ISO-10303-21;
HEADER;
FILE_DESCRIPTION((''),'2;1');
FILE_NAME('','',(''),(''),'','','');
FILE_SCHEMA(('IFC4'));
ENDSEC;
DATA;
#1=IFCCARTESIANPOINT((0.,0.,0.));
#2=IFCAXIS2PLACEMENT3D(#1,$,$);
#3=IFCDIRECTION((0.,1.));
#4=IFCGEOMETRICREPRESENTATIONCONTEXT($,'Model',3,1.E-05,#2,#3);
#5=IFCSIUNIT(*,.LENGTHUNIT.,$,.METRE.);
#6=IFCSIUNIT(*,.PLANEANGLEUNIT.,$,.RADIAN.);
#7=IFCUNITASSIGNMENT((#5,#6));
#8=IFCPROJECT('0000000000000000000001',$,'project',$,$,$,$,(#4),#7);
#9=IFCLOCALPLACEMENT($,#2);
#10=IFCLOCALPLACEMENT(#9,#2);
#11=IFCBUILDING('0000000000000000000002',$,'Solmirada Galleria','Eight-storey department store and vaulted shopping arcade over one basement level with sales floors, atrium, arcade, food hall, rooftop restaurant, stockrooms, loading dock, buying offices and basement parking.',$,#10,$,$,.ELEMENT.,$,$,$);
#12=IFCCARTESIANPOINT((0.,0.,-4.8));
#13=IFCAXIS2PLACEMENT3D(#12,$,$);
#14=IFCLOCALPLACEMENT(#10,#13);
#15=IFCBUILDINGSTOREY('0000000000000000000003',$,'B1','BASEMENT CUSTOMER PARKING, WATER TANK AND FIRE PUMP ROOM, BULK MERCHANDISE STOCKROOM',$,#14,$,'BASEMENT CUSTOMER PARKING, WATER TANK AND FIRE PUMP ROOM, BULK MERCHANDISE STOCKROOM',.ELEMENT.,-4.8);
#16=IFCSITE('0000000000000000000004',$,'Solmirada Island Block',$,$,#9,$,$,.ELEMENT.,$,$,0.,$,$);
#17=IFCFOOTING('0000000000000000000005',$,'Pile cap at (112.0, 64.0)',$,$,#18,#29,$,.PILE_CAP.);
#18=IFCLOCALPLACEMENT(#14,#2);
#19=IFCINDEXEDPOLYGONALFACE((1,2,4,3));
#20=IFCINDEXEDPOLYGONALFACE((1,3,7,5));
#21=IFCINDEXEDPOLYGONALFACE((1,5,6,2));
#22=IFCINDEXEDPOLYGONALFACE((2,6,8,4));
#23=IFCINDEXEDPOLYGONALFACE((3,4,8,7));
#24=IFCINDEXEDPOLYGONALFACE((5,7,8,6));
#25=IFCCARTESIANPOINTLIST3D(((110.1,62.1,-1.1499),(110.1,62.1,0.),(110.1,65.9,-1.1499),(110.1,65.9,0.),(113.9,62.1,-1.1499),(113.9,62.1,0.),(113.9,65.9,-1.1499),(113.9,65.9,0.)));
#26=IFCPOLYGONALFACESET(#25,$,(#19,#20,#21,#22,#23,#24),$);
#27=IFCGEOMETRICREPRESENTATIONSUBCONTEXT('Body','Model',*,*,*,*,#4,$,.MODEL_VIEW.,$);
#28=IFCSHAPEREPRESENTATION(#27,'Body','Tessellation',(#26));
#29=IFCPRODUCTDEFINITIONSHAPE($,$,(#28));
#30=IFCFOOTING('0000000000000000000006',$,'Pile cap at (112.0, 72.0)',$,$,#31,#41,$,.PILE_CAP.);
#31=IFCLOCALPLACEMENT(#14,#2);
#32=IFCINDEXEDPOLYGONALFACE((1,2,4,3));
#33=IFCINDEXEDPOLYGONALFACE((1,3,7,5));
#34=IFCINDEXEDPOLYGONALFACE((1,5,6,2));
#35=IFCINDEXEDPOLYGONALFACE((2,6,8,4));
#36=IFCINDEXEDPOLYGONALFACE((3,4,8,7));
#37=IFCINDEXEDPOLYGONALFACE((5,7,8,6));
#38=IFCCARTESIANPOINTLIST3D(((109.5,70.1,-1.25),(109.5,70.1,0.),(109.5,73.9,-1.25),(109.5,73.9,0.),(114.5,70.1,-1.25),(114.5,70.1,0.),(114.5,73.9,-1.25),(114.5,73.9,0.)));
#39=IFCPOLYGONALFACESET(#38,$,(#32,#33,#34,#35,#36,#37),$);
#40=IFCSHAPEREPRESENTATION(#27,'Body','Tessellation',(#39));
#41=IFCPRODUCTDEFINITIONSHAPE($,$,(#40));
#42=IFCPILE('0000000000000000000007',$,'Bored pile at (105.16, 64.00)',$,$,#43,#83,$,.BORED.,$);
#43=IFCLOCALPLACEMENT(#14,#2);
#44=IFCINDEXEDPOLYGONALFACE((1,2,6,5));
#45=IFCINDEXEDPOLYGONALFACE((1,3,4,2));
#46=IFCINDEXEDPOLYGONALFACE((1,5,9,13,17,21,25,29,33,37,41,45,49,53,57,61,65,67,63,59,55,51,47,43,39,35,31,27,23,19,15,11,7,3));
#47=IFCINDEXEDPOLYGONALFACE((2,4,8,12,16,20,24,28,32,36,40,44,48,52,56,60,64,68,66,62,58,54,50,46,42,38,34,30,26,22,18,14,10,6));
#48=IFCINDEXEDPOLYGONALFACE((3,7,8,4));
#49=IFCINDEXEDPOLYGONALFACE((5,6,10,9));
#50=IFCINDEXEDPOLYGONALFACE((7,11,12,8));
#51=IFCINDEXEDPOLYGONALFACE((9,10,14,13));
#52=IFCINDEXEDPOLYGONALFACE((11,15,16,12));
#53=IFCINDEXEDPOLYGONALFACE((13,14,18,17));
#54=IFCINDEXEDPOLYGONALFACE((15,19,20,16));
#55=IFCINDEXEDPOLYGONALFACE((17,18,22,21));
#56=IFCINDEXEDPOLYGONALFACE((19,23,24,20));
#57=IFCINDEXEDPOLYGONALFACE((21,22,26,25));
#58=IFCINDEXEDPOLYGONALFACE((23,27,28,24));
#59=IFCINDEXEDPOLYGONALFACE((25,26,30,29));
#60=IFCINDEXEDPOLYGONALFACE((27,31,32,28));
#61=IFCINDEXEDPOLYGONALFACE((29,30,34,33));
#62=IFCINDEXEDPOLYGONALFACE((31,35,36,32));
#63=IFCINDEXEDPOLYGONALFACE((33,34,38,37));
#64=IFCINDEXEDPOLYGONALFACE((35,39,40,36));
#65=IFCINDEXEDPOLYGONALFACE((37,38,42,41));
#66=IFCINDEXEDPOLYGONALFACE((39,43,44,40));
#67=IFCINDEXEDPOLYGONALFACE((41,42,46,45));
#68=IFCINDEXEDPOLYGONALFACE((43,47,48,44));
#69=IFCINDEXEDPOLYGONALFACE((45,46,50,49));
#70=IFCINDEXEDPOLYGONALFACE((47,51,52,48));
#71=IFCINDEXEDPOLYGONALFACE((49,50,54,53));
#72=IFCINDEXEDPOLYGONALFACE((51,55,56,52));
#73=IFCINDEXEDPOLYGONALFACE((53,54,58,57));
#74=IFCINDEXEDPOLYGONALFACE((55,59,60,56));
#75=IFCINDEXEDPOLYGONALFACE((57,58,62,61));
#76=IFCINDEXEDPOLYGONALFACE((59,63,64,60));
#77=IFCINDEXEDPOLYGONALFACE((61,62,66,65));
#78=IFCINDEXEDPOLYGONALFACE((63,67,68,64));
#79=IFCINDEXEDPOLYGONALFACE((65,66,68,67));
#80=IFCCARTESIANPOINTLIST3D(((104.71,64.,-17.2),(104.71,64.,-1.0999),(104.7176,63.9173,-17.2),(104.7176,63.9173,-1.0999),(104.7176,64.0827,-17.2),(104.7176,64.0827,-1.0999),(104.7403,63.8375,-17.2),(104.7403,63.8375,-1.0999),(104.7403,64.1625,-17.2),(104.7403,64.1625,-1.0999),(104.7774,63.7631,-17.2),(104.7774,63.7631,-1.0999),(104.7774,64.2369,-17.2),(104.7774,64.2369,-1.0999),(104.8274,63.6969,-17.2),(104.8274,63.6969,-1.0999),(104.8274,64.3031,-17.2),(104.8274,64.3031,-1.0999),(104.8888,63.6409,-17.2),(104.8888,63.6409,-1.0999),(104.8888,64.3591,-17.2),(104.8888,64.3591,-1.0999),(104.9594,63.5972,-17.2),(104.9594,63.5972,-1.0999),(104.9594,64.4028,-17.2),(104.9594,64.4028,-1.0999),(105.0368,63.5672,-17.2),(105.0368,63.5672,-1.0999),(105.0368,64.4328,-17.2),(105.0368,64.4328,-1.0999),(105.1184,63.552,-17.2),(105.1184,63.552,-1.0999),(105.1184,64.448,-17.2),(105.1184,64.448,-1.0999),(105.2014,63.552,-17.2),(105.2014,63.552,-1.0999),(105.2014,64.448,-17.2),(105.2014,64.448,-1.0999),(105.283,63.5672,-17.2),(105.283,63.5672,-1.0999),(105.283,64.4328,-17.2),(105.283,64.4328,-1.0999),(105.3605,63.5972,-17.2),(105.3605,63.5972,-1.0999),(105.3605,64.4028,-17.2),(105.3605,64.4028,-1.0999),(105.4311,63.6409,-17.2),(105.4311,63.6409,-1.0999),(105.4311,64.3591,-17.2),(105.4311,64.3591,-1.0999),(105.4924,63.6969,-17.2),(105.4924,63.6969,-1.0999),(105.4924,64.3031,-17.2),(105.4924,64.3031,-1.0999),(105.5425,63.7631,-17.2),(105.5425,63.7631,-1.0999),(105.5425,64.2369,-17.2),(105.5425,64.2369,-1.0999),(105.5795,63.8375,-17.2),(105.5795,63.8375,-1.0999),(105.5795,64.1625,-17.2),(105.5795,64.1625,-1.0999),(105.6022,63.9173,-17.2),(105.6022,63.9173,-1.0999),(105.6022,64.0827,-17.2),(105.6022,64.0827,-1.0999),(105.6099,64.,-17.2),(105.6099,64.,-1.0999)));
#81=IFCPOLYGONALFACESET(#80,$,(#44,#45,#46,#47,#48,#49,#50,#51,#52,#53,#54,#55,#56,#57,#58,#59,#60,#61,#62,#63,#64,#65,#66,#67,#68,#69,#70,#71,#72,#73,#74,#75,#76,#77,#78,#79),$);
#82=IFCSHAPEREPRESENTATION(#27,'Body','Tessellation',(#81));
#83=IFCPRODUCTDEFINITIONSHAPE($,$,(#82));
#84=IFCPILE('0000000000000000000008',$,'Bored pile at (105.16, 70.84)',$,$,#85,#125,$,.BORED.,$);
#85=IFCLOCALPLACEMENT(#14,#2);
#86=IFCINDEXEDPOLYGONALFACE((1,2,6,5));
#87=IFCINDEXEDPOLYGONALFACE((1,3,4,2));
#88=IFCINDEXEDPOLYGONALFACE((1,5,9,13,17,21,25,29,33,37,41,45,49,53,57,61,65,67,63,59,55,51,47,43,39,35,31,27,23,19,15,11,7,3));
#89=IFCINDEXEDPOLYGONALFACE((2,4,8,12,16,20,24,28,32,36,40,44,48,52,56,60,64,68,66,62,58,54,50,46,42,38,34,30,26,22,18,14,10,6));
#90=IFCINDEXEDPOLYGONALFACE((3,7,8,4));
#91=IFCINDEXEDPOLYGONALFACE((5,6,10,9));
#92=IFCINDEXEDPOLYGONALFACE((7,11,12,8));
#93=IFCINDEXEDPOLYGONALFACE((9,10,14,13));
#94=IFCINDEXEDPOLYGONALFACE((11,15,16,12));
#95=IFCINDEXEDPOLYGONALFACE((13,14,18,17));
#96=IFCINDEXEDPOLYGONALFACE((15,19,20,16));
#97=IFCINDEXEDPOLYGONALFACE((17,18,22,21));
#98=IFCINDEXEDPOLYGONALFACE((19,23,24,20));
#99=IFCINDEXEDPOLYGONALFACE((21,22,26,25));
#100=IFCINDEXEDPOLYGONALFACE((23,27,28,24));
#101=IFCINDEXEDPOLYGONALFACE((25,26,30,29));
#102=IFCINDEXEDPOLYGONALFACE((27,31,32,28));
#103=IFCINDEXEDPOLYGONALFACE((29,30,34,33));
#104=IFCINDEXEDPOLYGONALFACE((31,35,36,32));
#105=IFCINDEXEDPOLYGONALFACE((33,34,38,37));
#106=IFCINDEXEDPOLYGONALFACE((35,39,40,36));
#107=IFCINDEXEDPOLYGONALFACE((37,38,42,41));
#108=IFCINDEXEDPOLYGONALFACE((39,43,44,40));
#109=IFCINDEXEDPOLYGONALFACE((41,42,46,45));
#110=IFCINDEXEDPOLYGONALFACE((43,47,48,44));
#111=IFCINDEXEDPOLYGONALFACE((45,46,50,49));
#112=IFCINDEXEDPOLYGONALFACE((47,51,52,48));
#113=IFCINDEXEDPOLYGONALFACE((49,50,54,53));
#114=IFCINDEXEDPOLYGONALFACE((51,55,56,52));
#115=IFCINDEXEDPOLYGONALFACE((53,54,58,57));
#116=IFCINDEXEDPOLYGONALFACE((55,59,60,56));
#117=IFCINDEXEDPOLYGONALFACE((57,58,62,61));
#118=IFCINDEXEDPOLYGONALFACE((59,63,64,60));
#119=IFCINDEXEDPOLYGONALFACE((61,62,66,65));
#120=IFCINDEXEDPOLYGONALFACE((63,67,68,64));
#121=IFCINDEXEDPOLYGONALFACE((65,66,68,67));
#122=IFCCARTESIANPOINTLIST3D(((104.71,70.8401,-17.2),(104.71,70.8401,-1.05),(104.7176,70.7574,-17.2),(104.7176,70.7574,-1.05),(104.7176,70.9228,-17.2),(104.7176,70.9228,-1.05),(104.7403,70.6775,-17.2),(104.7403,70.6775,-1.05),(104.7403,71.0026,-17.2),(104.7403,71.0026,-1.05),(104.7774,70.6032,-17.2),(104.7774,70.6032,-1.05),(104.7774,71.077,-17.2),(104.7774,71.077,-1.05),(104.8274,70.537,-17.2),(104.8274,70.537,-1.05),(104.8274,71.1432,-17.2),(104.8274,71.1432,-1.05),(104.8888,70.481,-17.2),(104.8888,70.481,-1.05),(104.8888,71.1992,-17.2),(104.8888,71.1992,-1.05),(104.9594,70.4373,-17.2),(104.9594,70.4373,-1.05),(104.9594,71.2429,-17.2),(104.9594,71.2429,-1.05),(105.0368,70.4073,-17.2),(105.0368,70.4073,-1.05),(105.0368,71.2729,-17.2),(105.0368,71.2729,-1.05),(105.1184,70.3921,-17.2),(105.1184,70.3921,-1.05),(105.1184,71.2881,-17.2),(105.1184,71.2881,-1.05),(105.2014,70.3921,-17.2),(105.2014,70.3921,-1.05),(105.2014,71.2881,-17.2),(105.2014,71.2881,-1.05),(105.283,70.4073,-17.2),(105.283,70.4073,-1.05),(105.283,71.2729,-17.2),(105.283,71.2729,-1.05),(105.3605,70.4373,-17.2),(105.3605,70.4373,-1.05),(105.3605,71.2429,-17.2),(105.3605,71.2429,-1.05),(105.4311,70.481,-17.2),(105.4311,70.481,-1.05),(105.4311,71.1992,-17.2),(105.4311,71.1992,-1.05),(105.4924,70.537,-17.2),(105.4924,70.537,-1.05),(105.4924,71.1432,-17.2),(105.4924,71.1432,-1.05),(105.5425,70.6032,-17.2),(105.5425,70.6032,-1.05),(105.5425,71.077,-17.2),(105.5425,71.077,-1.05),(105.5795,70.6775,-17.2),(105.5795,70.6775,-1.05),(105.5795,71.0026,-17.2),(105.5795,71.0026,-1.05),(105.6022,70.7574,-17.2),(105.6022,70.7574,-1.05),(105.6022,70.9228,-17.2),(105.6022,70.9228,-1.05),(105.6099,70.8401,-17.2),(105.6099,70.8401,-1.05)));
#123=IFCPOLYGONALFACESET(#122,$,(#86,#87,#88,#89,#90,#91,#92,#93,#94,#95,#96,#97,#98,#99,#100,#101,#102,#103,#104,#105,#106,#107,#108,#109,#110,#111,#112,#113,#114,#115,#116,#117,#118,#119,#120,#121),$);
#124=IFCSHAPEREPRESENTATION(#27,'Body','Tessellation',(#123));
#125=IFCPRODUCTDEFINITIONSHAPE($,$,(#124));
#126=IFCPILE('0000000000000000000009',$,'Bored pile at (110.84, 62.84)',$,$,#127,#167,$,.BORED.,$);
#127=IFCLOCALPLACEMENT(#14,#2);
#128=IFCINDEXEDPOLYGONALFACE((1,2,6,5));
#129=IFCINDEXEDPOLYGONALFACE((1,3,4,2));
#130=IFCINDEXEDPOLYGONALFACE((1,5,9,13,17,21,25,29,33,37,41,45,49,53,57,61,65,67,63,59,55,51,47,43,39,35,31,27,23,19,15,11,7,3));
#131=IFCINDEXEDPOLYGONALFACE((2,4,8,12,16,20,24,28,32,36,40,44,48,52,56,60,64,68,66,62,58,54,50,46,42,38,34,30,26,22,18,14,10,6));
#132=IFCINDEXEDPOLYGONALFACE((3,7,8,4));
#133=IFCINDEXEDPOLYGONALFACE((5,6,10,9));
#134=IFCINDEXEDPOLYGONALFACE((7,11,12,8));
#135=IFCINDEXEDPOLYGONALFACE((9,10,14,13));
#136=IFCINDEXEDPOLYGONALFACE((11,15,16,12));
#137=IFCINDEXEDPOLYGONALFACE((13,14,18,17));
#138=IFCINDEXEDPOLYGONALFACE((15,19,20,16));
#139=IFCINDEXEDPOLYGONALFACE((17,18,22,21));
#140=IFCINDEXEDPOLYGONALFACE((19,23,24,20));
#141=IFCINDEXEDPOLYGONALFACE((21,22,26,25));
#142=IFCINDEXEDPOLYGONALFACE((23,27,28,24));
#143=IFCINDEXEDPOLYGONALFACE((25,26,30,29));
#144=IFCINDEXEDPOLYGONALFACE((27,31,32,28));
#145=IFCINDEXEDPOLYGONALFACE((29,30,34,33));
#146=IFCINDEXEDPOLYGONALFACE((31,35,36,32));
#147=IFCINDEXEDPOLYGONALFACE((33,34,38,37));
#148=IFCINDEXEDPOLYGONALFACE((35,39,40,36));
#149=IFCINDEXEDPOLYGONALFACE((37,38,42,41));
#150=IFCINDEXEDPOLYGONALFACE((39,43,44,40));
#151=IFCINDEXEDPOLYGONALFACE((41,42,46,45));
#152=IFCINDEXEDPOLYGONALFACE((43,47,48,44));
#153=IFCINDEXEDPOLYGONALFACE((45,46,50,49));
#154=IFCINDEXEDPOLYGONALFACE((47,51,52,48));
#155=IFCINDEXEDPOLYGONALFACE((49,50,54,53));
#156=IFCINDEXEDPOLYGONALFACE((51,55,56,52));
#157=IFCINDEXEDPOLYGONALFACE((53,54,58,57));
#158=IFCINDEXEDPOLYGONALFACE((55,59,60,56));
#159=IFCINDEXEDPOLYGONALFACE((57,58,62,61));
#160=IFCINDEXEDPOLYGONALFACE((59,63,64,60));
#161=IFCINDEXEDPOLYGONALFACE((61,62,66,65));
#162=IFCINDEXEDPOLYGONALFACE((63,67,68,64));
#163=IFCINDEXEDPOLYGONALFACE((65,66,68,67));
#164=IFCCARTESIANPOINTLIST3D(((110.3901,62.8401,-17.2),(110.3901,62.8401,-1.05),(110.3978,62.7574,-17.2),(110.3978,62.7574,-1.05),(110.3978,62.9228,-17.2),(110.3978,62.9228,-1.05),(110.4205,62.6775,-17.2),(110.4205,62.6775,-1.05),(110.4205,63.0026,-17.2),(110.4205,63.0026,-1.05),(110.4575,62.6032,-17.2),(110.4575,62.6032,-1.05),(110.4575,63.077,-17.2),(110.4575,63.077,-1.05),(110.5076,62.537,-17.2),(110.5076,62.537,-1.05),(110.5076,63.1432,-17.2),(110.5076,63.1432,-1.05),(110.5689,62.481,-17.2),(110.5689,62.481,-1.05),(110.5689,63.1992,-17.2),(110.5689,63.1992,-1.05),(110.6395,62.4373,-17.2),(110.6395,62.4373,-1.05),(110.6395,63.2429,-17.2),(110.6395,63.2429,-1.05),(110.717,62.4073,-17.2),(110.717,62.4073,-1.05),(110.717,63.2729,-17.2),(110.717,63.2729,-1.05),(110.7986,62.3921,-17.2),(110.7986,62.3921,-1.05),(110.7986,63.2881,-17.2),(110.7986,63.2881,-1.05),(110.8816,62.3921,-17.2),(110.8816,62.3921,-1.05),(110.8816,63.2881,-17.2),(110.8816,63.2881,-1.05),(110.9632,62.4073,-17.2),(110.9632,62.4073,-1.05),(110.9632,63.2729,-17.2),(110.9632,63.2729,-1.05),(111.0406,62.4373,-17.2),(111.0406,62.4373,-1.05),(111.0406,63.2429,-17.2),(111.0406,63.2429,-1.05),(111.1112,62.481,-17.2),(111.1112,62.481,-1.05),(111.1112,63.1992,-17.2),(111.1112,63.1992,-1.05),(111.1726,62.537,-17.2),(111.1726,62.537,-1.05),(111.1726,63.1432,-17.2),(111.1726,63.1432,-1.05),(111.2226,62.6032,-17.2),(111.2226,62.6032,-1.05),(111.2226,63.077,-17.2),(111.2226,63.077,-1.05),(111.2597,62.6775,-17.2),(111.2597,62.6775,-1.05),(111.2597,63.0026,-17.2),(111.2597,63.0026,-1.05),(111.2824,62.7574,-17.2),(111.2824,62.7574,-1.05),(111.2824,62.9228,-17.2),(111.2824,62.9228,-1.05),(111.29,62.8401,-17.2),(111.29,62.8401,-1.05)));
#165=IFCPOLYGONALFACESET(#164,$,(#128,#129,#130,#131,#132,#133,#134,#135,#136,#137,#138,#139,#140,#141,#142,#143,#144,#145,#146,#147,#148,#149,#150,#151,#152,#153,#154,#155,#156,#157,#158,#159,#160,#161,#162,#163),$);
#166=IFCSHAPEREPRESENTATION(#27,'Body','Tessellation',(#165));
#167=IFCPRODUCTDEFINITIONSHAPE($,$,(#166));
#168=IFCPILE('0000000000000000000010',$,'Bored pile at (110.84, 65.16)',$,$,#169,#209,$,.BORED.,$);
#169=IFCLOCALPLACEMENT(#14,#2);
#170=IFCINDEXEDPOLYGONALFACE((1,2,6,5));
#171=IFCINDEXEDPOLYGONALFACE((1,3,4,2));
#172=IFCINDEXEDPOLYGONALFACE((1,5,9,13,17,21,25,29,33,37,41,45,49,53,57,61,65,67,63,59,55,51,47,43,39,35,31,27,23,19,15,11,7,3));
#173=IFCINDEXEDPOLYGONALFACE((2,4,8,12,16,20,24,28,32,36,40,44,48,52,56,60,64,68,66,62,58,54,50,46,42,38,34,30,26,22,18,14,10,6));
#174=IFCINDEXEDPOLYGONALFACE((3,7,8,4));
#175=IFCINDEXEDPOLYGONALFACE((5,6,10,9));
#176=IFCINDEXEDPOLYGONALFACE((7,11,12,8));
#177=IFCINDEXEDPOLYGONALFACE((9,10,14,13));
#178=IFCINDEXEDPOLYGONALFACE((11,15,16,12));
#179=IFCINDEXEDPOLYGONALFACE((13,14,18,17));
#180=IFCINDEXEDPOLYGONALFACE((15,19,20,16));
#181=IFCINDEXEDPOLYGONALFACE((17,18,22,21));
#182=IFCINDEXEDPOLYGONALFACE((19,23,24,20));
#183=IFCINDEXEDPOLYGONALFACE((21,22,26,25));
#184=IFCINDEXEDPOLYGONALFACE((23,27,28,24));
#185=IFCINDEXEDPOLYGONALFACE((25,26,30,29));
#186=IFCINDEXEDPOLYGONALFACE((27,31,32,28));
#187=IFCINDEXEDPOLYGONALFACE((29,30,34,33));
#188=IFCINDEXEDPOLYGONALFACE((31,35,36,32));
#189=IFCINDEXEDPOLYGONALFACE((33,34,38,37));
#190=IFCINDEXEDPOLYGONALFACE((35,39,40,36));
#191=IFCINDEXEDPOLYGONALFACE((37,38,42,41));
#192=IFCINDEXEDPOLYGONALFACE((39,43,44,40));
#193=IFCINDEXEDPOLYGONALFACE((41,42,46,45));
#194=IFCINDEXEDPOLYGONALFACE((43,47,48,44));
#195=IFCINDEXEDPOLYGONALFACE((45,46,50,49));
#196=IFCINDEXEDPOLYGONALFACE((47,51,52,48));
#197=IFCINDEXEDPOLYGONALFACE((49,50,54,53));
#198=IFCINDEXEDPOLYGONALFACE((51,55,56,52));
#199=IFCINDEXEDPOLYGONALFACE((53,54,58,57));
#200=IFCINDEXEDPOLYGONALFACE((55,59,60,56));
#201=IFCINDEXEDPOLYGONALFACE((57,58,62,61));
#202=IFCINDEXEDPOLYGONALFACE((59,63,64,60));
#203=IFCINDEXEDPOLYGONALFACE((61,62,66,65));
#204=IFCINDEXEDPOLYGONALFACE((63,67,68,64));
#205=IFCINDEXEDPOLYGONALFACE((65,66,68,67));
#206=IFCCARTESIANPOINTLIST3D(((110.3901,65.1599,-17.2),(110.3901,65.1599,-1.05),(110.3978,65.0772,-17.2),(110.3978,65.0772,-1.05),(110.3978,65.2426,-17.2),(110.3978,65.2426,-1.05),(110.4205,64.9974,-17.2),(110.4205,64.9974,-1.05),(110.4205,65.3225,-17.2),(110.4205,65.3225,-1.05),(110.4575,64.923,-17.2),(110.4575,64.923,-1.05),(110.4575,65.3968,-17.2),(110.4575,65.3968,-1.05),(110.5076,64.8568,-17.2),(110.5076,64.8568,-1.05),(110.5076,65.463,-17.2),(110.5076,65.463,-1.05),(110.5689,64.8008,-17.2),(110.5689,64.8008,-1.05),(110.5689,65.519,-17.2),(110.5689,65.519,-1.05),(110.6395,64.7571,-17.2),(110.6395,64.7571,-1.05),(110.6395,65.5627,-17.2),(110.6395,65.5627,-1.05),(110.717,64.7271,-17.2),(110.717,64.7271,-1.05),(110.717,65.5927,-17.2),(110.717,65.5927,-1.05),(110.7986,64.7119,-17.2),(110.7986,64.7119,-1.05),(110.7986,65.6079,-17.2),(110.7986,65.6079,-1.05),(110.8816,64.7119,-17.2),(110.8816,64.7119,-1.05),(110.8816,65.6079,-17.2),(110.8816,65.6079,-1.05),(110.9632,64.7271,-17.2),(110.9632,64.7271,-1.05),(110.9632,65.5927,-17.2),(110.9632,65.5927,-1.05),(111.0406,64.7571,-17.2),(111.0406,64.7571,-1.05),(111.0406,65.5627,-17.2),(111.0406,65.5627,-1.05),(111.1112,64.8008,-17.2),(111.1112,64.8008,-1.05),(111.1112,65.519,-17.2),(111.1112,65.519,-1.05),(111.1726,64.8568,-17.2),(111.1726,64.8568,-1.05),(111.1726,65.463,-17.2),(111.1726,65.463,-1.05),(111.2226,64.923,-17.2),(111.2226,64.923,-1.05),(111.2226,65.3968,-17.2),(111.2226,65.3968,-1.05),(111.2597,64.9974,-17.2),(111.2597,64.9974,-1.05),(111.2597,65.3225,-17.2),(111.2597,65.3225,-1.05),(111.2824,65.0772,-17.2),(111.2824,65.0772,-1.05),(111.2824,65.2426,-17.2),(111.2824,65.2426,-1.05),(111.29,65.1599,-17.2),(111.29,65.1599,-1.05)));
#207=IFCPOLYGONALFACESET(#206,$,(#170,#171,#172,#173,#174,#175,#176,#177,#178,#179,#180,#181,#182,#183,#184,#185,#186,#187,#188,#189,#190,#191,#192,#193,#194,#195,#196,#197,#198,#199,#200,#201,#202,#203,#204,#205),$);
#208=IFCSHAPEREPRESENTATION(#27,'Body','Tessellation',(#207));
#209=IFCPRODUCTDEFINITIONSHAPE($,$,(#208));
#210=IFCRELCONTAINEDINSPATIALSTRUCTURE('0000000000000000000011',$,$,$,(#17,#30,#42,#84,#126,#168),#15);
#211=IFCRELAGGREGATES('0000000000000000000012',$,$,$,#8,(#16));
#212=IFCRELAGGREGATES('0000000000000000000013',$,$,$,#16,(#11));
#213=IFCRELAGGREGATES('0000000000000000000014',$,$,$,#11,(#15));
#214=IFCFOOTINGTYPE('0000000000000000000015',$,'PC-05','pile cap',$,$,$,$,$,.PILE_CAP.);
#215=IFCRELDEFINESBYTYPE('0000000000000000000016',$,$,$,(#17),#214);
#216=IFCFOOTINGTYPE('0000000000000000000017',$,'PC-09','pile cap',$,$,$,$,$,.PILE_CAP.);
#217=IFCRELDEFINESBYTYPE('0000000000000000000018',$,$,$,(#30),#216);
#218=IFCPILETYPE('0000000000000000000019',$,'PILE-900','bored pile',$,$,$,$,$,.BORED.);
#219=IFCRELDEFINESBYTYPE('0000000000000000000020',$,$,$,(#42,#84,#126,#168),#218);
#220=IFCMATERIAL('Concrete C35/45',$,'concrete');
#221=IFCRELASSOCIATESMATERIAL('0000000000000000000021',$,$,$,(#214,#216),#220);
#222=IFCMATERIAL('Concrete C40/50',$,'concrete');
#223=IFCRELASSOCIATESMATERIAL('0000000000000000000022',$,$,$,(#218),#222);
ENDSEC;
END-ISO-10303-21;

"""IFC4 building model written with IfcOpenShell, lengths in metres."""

from ifc_helpers import new_model, si_unit, direction, frame, origin, origin_2d, place, context, subcontext, project, spatial, rectangle, circle, extrude, material, material_profile, profile_set, type_object, element, save


model = new_model("IFC4")

# Units and contexts
model_context = context("Model", 3, precision=1e-05, world=origin(), true_north=direction((0.0, 1.0)))
body_context = subcontext(model_context, "Body", "Model", "MODEL_VIEW")
ifc_project = project(units=[si_unit("LENGTHUNIT", "METRE"), si_unit("PLANEANGLEUNIT", "RADIAN")], contexts=[model_context])

# Site, building, storey
site_placement = place(None, origin())
site = spatial("IfcSite", under=ifc_project, at=site_placement, Name="Solmirada Island Block", CompositionType="ELEMENT", RefElevation=0.0)
building_placement = place(site_placement, origin())
building = spatial("IfcBuilding", under=site, at=building_placement, Name="Solmirada Galleria", Description="Eight-storey department store and vaulted shopping arcade over one basement level with sales floors, atrium, arcade, food hall, rooftop restaurant, stockrooms, loading dock, buying offices and basement parking.", CompositionType="ELEMENT")
storey_placement = place(building_placement, frame((0.0, 0.0, -4.8)))
storey = spatial("IfcBuildingStorey", under=building, at=storey_placement, Name="B1", Description="BASEMENT CUSTOMER PARKING, WATER TANK AND FIRE PUMP ROOM, BULK MERCHANDISE STOCKROOM", LongName="BASEMENT CUSTOMER PARKING, WATER TANK AND FIRE PUMP ROOM, BULK MERCHANDISE STOCKROOM", CompositionType="ELEMENT", Elevation=-4.8)

# Footings
ifc_material_1 = material(Name="Concrete C35/45", Category="concrete")
footing_type_1 = type_object("IfcFootingType", Name="PC-05", Description="pile cap", PredefinedType="PILE_CAP", material=ifc_material_1)
footing_1_placement = place(storey_placement, frame((112.0, 64.0, -1.1499), z_axis=(0.0, 0.0, 1.0), x_axis=(1.0, 0.0, 0.0)))
element("IfcFooting", 1, at=footing_1_placement, inside=storey, type_object=footing_type_1, Name="Pile cap at (112.0, 64.0)", PredefinedType="PILE_CAP", context=body_context, shape_type="SweptSolid", body=[
    extrude(rectangle(XDim=3.8, YDim=3.8, at=origin_2d()), origin(), (0.0, 0.0, 1.0), 1.1499),
])
footing_type_2 = type_object("IfcFootingType", Name="PC-09", Description="pile cap", PredefinedType="PILE_CAP", material=ifc_material_1)
footing_2_placement = place(storey_placement, frame((112.0, 72.0, -1.25), z_axis=(0.0, 0.0, 1.0), x_axis=(1.0, 0.0, 0.0)))
element("IfcFooting", 2, at=footing_2_placement, inside=storey, type_object=footing_type_2, Name="Pile cap at (112.0, 72.0)", PredefinedType="PILE_CAP", context=body_context, shape_type="SweptSolid", body=[
    extrude(rectangle(XDim=5.0, YDim=3.8, at=origin_2d()), origin(), (0.0, 0.0, 1.0), 1.25),
])

# Piles
ifc_material_2 = material(Name="Concrete C40/50", Category="concrete")
ifc_material_profile_1 = material_profile(ifc_material_2, circle(Radius=0.45, at=origin_2d()), Name="PILE900")
ifc_profile_set_1 = profile_set([ifc_material_profile_1], Name="Concrete C40/50")
pile_type = type_object("IfcPileType", Name="PILE-900", Description="bored pile", PredefinedType="BORED", material=ifc_profile_set_1)
pile_1_placement = place(storey_placement, frame((105.1599, 64.0, -1.0999), z_axis=(0.0, 0.0, -1.0), x_axis=(1.0, 0.0, 0.0)))
element("IfcPile", 3, at=pile_1_placement, inside=storey, type_object=pile_type, Name="Bored pile at (105.16, 64.00)", PredefinedType="BORED", context=body_context, shape_type="SweptSolid", body=[
    extrude(circle(Radius=0.45, at=origin_2d()), origin(), (0.0, 0.0, 1.0), 16.1001),
])
for number, where, z_axis, x_axis, name in (
    (4, (105.1599, 70.8401, -1.05), (0.0, 0.0, -1.0), (1.0, 0.0, 0.0), "Bored pile at (105.16, 70.84)"),
    (5, (110.8401, 62.8401, -1.05), (0.0, 0.0, -1.0), (1.0, 0.0, 0.0), "Bored pile at (110.84, 62.84)"),
    (6, (110.8401, 65.1599, -1.05), (0.0, 0.0, -1.0), (1.0, 0.0, 0.0), "Bored pile at (110.84, 65.16)"),
):
    element("IfcPile", number, at=place(storey_placement, frame(where, z_axis=z_axis, x_axis=x_axis)), inside=storey, type_object=pile_type, Name=name, PredefinedType="BORED", context=body_context, shape_type="SweptSolid", body=[
        extrude(circle(Radius=0.45, at=origin_2d()), origin(), (0.0, 0.0, 1.0), 16.1499),
    ])

save(model, "model.ifc")
